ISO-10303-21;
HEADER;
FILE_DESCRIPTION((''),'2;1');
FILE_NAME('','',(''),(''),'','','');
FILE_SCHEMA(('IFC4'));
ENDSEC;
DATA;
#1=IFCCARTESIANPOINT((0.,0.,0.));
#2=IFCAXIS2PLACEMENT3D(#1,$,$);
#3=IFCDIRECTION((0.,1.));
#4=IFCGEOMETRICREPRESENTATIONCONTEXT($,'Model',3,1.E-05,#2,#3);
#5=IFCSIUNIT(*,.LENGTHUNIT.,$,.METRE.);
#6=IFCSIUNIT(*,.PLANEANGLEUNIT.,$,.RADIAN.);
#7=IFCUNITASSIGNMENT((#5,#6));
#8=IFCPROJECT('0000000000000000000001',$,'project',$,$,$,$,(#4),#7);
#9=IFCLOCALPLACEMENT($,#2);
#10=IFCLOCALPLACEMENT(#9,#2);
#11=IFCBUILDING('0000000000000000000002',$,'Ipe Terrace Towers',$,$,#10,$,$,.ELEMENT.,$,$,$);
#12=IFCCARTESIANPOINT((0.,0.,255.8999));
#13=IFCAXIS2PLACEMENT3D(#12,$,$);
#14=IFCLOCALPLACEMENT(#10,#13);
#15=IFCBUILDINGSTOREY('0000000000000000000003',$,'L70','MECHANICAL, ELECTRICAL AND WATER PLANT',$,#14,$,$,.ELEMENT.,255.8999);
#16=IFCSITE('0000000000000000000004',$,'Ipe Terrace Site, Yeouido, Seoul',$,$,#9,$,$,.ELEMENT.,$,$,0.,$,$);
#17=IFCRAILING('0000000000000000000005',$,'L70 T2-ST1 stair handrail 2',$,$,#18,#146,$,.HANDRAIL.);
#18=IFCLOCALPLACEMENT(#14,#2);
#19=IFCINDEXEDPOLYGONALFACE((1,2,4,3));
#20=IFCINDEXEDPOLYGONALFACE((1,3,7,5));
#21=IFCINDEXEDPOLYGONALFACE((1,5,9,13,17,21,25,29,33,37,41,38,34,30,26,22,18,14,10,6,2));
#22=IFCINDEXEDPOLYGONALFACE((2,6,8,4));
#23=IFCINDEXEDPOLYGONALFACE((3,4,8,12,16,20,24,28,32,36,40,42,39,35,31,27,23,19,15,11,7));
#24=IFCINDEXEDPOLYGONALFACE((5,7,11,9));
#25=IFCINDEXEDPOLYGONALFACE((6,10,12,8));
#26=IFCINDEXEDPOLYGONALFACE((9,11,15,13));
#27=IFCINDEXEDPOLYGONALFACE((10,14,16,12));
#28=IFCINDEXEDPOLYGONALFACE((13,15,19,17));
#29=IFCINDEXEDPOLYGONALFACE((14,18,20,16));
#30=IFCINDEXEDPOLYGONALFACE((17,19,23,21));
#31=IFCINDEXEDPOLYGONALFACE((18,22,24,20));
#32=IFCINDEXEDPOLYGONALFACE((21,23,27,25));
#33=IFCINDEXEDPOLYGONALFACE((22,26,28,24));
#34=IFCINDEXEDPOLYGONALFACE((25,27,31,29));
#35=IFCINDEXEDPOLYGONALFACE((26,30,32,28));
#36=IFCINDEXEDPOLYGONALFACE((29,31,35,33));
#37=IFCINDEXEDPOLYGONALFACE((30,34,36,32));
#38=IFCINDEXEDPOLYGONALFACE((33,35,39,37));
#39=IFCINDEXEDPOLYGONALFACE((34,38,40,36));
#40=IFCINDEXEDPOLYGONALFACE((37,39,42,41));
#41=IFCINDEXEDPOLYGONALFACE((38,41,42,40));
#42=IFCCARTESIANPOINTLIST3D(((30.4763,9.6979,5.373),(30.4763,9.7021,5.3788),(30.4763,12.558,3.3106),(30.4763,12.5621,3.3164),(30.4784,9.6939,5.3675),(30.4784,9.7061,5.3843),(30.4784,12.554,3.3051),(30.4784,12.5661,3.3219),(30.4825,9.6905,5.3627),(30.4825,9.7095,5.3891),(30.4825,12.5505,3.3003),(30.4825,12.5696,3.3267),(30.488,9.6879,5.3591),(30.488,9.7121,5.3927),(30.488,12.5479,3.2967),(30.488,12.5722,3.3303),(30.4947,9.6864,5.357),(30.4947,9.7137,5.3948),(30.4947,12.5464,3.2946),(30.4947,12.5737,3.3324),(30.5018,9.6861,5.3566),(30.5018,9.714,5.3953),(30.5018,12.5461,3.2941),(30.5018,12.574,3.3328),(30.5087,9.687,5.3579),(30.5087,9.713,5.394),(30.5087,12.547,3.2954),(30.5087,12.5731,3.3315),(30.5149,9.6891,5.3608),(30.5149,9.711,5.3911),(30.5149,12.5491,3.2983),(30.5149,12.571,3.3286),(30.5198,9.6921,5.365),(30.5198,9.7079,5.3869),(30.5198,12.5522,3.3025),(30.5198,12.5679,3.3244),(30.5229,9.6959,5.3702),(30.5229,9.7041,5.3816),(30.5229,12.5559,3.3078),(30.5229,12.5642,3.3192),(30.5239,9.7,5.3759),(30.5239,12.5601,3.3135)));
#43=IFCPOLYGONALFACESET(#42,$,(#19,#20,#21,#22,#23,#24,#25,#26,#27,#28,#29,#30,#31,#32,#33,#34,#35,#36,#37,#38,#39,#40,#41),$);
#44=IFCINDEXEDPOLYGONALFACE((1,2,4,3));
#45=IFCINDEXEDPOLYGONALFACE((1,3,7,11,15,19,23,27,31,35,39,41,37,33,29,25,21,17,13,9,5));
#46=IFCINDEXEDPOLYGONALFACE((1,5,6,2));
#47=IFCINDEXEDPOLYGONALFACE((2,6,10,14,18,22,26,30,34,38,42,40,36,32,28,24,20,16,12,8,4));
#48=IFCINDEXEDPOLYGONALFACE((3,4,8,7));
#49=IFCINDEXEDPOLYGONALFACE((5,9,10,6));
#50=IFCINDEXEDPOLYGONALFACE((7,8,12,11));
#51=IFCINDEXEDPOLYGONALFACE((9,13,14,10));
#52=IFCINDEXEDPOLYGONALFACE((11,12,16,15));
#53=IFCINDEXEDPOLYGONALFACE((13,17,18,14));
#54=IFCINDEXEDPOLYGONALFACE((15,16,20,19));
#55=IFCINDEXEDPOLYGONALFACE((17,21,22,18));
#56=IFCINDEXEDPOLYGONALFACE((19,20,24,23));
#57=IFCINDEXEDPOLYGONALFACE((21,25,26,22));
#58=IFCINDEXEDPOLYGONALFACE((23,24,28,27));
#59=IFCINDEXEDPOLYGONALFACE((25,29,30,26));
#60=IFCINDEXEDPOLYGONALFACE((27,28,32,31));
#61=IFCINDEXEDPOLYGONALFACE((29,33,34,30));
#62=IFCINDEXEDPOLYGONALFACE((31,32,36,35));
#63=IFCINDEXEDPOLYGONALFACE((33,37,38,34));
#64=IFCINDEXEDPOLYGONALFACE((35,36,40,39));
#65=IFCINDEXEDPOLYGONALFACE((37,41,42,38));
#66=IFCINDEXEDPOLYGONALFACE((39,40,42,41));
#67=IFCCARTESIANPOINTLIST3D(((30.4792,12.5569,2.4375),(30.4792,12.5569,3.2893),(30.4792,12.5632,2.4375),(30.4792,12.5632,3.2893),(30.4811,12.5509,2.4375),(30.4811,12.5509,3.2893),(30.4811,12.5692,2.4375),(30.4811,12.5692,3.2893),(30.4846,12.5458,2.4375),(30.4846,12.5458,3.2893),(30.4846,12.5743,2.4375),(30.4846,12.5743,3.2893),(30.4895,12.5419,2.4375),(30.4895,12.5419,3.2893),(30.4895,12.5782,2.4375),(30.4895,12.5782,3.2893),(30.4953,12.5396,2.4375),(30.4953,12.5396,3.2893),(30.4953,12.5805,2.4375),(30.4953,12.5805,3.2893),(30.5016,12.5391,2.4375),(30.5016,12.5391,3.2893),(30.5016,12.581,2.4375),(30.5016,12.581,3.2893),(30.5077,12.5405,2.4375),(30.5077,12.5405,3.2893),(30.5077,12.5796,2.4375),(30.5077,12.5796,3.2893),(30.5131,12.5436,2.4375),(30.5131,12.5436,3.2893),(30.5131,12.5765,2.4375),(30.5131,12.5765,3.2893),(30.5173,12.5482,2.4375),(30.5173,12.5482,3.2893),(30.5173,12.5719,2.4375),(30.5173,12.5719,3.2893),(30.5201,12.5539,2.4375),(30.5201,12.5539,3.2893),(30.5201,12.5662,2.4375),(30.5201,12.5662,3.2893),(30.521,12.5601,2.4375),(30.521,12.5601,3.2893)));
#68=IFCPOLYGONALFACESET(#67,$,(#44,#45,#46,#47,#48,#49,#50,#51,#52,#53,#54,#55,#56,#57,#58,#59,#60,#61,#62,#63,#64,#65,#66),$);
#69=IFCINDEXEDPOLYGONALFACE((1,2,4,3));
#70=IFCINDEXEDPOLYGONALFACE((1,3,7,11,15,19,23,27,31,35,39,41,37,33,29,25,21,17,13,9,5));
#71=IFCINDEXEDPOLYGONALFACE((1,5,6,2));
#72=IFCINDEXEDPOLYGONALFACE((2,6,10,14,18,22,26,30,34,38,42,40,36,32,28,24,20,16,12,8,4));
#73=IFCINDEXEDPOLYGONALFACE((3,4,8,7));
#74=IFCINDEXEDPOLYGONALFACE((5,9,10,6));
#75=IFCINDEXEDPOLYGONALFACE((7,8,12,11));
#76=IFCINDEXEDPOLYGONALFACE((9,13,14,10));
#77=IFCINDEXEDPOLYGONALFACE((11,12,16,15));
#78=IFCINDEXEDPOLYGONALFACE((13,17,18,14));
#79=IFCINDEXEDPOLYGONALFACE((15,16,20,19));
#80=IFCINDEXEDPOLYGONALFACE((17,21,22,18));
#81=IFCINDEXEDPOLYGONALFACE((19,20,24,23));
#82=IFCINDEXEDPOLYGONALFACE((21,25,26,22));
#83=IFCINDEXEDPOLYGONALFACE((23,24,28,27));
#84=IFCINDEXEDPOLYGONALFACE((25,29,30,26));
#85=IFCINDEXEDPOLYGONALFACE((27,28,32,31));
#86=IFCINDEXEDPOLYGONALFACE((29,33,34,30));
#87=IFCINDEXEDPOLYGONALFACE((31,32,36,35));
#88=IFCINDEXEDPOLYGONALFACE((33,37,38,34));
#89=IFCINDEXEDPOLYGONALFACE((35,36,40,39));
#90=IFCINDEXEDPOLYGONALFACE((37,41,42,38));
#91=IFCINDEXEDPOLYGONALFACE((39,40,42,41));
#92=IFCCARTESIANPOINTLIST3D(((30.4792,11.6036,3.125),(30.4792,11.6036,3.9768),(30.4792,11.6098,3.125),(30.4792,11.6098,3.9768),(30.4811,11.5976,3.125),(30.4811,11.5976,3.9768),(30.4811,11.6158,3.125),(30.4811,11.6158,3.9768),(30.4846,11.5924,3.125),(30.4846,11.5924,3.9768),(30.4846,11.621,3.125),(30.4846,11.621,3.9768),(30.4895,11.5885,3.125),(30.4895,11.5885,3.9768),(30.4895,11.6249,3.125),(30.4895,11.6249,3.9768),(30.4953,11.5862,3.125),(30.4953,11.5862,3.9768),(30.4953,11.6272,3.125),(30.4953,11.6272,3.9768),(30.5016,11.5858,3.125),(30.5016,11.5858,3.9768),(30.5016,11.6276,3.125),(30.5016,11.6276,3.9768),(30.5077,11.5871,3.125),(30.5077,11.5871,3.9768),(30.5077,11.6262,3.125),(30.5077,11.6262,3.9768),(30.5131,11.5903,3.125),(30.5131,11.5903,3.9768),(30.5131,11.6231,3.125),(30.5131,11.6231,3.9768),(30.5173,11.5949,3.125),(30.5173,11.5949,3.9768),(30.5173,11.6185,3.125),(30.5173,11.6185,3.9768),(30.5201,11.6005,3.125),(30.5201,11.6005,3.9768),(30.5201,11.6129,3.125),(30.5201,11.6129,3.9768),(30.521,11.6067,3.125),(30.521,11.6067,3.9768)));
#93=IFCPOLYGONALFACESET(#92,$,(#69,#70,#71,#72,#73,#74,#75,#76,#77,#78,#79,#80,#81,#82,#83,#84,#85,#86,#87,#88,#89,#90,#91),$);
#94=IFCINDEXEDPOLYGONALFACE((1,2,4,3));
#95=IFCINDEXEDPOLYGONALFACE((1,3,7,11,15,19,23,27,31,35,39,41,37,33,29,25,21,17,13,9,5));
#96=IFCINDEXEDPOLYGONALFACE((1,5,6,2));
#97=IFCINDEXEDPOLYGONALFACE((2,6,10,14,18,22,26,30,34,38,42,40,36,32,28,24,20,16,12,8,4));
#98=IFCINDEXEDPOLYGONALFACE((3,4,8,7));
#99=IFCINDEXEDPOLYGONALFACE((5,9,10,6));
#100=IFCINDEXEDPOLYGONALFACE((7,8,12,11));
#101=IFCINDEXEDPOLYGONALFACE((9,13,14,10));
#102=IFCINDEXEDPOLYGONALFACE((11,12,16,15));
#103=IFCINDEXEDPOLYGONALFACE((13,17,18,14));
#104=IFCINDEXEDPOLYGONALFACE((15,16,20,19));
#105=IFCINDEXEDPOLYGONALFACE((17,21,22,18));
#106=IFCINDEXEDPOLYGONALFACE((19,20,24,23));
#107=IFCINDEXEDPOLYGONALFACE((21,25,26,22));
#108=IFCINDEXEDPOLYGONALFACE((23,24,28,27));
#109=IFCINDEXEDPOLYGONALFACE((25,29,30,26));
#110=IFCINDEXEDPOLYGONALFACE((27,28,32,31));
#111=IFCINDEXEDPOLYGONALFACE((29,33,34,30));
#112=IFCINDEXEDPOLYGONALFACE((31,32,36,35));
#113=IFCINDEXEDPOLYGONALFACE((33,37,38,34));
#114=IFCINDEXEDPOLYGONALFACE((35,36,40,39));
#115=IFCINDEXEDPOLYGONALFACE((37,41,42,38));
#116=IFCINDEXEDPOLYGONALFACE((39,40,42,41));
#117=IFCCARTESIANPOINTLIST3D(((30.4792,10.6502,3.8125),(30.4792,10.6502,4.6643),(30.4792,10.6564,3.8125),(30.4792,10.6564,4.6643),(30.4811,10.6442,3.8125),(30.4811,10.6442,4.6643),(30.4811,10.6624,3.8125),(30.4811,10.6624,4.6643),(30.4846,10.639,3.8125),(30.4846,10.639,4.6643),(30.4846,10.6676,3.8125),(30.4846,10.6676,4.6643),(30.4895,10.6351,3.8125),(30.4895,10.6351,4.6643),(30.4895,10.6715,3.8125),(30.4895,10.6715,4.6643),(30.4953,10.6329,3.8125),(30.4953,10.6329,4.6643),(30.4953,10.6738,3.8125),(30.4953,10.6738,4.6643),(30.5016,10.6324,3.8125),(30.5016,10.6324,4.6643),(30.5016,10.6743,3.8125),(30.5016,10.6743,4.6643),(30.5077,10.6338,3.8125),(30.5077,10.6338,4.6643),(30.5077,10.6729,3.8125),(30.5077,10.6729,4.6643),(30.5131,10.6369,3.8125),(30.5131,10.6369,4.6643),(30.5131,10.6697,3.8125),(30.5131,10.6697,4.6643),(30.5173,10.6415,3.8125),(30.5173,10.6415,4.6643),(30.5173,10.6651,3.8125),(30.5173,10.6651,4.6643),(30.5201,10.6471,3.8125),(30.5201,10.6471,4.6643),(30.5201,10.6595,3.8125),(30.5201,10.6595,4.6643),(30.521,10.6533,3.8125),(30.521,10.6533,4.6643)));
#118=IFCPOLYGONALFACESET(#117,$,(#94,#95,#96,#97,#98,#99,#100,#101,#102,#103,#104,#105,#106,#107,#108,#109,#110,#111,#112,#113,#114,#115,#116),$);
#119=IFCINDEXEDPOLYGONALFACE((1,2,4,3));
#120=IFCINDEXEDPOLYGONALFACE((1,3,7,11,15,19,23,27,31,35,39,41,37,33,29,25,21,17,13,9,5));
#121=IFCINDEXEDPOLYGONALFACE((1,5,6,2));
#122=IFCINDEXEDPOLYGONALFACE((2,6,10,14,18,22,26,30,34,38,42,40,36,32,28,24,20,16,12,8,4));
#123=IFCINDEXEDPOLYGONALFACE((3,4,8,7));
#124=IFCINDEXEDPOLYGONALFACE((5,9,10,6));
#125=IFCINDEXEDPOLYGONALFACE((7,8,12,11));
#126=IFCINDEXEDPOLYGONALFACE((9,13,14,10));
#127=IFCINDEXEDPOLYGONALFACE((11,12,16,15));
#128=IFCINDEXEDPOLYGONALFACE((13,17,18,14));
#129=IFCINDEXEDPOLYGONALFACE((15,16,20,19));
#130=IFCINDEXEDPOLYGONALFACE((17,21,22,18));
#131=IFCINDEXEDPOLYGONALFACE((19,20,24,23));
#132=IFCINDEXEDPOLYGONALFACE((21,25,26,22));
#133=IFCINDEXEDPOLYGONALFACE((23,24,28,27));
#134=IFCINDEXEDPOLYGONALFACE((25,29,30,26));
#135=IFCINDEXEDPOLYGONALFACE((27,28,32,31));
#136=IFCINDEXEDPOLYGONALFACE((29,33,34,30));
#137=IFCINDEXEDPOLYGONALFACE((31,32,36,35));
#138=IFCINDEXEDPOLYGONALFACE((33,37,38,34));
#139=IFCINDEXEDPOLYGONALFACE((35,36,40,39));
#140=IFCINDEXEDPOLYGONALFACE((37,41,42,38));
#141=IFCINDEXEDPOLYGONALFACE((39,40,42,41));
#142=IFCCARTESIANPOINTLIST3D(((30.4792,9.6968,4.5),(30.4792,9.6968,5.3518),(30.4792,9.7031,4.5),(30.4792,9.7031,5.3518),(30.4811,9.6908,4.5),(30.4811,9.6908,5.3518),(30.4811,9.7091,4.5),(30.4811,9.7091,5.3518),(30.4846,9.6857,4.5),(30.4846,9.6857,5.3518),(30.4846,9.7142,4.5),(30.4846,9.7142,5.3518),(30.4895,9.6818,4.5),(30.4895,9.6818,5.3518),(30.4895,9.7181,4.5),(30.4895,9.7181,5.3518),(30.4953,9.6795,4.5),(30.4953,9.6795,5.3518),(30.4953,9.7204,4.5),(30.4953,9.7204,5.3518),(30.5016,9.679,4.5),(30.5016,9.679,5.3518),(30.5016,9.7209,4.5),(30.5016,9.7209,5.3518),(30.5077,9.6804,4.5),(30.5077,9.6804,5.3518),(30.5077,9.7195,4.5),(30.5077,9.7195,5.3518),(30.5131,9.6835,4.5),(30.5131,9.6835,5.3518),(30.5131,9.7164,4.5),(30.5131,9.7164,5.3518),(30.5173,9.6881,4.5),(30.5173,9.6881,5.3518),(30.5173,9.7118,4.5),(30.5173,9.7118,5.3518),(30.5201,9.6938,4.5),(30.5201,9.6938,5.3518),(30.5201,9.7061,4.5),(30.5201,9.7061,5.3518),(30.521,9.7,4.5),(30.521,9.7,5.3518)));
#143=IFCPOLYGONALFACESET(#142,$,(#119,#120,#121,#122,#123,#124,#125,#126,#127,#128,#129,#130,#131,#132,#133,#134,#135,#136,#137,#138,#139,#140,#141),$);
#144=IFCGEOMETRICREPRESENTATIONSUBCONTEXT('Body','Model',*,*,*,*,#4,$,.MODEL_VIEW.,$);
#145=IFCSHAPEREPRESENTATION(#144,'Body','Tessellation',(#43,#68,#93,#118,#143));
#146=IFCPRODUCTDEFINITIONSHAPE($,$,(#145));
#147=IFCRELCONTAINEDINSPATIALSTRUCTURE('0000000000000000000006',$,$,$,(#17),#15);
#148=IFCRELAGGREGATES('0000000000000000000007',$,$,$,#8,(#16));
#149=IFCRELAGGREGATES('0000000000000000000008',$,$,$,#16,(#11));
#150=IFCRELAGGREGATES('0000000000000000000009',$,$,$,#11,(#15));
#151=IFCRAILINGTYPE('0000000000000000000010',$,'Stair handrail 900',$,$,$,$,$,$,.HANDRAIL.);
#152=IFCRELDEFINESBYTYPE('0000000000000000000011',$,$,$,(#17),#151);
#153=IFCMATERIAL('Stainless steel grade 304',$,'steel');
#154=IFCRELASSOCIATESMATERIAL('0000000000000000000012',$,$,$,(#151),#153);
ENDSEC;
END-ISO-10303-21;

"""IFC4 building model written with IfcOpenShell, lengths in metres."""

from ifc_helpers import new_model, si_unit, direction, frame, origin, origin_2d, place, context, subcontext, project, spatial, circle, extrude, material, type_object, element, save


model = new_model("IFC4")

# Units and contexts
model_context = context("Model", 3, precision=1e-05, world=origin(), true_north=direction((0.0, 1.0)))
body_context = subcontext(model_context, "Body", "Model", "MODEL_VIEW")
ifc_project = project(units=[si_unit("LENGTHUNIT", "METRE"), si_unit("PLANEANGLEUNIT", "RADIAN")], contexts=[model_context])

# Site, building, storey
site_placement = place(None, origin())
site = spatial("IfcSite", under=ifc_project, at=site_placement, Name="Ipe Terrace Site, Yeouido, Seoul", CompositionType="ELEMENT", RefElevation=0.0)
building_placement = place(site_placement, origin())
building = spatial("IfcBuilding", under=site, at=building_placement, Name="Ipe Terrace Towers", CompositionType="ELEMENT")
storey_placement = place(building_placement, frame((0.0, 0.0, 255.8999)))
storey = spatial("IfcBuildingStorey", under=building, at=storey_placement, Name="L70", Description="MECHANICAL, ELECTRICAL AND WATER PLANT", CompositionType="ELEMENT", Elevation=255.8999)

# Railing
ifc_material_1 = material(Name="Stainless steel grade 304", Category="steel")
railing_type_1 = type_object("IfcRailingType", Name="Stair handrail 900", PredefinedType="HANDRAIL", material=ifc_material_1)
railing_1_placement = place(storey_placement, frame((30.5, 12.5601, 2.4375)))
element("IfcRailing", 1, at=railing_1_placement, inside=storey, type_object=railing_type_1, Name="L70 T2-ST1 stair handrail 2", PredefinedType="HANDRAIL", context=body_context, shape_type="SweptSolid", body=[
    extrude(circle(Radius=0.0239, at=origin_2d()), frame((0.0, 0.0, 0.876), z_axis=(0.0, -0.811101, 0.584906), x_axis=(1.0, 0.0, 0.0)), (0.0, 0.0, 1.0), 3.5261),
    extrude(circle(Radius=0.021, at=origin_2d()), origin(), (0.0, 0.0, 1.0), 0.8518),
    extrude(circle(Radius=0.021, at=origin_2d()), frame((0.0, -0.9534, 0.6875)), (0.0, 0.0, 1.0), 0.8518),
    extrude(circle(Radius=0.021, at=origin_2d()), frame((0.0, -1.9067, 1.375)), (0.0, 0.0, 1.0), 0.8518),
    extrude(circle(Radius=0.021, at=origin_2d()), frame((0.0, -2.8601, 2.0625)), (0.0, 0.0, 1.0), 0.8518),
])

save(model, "model.ifc")
